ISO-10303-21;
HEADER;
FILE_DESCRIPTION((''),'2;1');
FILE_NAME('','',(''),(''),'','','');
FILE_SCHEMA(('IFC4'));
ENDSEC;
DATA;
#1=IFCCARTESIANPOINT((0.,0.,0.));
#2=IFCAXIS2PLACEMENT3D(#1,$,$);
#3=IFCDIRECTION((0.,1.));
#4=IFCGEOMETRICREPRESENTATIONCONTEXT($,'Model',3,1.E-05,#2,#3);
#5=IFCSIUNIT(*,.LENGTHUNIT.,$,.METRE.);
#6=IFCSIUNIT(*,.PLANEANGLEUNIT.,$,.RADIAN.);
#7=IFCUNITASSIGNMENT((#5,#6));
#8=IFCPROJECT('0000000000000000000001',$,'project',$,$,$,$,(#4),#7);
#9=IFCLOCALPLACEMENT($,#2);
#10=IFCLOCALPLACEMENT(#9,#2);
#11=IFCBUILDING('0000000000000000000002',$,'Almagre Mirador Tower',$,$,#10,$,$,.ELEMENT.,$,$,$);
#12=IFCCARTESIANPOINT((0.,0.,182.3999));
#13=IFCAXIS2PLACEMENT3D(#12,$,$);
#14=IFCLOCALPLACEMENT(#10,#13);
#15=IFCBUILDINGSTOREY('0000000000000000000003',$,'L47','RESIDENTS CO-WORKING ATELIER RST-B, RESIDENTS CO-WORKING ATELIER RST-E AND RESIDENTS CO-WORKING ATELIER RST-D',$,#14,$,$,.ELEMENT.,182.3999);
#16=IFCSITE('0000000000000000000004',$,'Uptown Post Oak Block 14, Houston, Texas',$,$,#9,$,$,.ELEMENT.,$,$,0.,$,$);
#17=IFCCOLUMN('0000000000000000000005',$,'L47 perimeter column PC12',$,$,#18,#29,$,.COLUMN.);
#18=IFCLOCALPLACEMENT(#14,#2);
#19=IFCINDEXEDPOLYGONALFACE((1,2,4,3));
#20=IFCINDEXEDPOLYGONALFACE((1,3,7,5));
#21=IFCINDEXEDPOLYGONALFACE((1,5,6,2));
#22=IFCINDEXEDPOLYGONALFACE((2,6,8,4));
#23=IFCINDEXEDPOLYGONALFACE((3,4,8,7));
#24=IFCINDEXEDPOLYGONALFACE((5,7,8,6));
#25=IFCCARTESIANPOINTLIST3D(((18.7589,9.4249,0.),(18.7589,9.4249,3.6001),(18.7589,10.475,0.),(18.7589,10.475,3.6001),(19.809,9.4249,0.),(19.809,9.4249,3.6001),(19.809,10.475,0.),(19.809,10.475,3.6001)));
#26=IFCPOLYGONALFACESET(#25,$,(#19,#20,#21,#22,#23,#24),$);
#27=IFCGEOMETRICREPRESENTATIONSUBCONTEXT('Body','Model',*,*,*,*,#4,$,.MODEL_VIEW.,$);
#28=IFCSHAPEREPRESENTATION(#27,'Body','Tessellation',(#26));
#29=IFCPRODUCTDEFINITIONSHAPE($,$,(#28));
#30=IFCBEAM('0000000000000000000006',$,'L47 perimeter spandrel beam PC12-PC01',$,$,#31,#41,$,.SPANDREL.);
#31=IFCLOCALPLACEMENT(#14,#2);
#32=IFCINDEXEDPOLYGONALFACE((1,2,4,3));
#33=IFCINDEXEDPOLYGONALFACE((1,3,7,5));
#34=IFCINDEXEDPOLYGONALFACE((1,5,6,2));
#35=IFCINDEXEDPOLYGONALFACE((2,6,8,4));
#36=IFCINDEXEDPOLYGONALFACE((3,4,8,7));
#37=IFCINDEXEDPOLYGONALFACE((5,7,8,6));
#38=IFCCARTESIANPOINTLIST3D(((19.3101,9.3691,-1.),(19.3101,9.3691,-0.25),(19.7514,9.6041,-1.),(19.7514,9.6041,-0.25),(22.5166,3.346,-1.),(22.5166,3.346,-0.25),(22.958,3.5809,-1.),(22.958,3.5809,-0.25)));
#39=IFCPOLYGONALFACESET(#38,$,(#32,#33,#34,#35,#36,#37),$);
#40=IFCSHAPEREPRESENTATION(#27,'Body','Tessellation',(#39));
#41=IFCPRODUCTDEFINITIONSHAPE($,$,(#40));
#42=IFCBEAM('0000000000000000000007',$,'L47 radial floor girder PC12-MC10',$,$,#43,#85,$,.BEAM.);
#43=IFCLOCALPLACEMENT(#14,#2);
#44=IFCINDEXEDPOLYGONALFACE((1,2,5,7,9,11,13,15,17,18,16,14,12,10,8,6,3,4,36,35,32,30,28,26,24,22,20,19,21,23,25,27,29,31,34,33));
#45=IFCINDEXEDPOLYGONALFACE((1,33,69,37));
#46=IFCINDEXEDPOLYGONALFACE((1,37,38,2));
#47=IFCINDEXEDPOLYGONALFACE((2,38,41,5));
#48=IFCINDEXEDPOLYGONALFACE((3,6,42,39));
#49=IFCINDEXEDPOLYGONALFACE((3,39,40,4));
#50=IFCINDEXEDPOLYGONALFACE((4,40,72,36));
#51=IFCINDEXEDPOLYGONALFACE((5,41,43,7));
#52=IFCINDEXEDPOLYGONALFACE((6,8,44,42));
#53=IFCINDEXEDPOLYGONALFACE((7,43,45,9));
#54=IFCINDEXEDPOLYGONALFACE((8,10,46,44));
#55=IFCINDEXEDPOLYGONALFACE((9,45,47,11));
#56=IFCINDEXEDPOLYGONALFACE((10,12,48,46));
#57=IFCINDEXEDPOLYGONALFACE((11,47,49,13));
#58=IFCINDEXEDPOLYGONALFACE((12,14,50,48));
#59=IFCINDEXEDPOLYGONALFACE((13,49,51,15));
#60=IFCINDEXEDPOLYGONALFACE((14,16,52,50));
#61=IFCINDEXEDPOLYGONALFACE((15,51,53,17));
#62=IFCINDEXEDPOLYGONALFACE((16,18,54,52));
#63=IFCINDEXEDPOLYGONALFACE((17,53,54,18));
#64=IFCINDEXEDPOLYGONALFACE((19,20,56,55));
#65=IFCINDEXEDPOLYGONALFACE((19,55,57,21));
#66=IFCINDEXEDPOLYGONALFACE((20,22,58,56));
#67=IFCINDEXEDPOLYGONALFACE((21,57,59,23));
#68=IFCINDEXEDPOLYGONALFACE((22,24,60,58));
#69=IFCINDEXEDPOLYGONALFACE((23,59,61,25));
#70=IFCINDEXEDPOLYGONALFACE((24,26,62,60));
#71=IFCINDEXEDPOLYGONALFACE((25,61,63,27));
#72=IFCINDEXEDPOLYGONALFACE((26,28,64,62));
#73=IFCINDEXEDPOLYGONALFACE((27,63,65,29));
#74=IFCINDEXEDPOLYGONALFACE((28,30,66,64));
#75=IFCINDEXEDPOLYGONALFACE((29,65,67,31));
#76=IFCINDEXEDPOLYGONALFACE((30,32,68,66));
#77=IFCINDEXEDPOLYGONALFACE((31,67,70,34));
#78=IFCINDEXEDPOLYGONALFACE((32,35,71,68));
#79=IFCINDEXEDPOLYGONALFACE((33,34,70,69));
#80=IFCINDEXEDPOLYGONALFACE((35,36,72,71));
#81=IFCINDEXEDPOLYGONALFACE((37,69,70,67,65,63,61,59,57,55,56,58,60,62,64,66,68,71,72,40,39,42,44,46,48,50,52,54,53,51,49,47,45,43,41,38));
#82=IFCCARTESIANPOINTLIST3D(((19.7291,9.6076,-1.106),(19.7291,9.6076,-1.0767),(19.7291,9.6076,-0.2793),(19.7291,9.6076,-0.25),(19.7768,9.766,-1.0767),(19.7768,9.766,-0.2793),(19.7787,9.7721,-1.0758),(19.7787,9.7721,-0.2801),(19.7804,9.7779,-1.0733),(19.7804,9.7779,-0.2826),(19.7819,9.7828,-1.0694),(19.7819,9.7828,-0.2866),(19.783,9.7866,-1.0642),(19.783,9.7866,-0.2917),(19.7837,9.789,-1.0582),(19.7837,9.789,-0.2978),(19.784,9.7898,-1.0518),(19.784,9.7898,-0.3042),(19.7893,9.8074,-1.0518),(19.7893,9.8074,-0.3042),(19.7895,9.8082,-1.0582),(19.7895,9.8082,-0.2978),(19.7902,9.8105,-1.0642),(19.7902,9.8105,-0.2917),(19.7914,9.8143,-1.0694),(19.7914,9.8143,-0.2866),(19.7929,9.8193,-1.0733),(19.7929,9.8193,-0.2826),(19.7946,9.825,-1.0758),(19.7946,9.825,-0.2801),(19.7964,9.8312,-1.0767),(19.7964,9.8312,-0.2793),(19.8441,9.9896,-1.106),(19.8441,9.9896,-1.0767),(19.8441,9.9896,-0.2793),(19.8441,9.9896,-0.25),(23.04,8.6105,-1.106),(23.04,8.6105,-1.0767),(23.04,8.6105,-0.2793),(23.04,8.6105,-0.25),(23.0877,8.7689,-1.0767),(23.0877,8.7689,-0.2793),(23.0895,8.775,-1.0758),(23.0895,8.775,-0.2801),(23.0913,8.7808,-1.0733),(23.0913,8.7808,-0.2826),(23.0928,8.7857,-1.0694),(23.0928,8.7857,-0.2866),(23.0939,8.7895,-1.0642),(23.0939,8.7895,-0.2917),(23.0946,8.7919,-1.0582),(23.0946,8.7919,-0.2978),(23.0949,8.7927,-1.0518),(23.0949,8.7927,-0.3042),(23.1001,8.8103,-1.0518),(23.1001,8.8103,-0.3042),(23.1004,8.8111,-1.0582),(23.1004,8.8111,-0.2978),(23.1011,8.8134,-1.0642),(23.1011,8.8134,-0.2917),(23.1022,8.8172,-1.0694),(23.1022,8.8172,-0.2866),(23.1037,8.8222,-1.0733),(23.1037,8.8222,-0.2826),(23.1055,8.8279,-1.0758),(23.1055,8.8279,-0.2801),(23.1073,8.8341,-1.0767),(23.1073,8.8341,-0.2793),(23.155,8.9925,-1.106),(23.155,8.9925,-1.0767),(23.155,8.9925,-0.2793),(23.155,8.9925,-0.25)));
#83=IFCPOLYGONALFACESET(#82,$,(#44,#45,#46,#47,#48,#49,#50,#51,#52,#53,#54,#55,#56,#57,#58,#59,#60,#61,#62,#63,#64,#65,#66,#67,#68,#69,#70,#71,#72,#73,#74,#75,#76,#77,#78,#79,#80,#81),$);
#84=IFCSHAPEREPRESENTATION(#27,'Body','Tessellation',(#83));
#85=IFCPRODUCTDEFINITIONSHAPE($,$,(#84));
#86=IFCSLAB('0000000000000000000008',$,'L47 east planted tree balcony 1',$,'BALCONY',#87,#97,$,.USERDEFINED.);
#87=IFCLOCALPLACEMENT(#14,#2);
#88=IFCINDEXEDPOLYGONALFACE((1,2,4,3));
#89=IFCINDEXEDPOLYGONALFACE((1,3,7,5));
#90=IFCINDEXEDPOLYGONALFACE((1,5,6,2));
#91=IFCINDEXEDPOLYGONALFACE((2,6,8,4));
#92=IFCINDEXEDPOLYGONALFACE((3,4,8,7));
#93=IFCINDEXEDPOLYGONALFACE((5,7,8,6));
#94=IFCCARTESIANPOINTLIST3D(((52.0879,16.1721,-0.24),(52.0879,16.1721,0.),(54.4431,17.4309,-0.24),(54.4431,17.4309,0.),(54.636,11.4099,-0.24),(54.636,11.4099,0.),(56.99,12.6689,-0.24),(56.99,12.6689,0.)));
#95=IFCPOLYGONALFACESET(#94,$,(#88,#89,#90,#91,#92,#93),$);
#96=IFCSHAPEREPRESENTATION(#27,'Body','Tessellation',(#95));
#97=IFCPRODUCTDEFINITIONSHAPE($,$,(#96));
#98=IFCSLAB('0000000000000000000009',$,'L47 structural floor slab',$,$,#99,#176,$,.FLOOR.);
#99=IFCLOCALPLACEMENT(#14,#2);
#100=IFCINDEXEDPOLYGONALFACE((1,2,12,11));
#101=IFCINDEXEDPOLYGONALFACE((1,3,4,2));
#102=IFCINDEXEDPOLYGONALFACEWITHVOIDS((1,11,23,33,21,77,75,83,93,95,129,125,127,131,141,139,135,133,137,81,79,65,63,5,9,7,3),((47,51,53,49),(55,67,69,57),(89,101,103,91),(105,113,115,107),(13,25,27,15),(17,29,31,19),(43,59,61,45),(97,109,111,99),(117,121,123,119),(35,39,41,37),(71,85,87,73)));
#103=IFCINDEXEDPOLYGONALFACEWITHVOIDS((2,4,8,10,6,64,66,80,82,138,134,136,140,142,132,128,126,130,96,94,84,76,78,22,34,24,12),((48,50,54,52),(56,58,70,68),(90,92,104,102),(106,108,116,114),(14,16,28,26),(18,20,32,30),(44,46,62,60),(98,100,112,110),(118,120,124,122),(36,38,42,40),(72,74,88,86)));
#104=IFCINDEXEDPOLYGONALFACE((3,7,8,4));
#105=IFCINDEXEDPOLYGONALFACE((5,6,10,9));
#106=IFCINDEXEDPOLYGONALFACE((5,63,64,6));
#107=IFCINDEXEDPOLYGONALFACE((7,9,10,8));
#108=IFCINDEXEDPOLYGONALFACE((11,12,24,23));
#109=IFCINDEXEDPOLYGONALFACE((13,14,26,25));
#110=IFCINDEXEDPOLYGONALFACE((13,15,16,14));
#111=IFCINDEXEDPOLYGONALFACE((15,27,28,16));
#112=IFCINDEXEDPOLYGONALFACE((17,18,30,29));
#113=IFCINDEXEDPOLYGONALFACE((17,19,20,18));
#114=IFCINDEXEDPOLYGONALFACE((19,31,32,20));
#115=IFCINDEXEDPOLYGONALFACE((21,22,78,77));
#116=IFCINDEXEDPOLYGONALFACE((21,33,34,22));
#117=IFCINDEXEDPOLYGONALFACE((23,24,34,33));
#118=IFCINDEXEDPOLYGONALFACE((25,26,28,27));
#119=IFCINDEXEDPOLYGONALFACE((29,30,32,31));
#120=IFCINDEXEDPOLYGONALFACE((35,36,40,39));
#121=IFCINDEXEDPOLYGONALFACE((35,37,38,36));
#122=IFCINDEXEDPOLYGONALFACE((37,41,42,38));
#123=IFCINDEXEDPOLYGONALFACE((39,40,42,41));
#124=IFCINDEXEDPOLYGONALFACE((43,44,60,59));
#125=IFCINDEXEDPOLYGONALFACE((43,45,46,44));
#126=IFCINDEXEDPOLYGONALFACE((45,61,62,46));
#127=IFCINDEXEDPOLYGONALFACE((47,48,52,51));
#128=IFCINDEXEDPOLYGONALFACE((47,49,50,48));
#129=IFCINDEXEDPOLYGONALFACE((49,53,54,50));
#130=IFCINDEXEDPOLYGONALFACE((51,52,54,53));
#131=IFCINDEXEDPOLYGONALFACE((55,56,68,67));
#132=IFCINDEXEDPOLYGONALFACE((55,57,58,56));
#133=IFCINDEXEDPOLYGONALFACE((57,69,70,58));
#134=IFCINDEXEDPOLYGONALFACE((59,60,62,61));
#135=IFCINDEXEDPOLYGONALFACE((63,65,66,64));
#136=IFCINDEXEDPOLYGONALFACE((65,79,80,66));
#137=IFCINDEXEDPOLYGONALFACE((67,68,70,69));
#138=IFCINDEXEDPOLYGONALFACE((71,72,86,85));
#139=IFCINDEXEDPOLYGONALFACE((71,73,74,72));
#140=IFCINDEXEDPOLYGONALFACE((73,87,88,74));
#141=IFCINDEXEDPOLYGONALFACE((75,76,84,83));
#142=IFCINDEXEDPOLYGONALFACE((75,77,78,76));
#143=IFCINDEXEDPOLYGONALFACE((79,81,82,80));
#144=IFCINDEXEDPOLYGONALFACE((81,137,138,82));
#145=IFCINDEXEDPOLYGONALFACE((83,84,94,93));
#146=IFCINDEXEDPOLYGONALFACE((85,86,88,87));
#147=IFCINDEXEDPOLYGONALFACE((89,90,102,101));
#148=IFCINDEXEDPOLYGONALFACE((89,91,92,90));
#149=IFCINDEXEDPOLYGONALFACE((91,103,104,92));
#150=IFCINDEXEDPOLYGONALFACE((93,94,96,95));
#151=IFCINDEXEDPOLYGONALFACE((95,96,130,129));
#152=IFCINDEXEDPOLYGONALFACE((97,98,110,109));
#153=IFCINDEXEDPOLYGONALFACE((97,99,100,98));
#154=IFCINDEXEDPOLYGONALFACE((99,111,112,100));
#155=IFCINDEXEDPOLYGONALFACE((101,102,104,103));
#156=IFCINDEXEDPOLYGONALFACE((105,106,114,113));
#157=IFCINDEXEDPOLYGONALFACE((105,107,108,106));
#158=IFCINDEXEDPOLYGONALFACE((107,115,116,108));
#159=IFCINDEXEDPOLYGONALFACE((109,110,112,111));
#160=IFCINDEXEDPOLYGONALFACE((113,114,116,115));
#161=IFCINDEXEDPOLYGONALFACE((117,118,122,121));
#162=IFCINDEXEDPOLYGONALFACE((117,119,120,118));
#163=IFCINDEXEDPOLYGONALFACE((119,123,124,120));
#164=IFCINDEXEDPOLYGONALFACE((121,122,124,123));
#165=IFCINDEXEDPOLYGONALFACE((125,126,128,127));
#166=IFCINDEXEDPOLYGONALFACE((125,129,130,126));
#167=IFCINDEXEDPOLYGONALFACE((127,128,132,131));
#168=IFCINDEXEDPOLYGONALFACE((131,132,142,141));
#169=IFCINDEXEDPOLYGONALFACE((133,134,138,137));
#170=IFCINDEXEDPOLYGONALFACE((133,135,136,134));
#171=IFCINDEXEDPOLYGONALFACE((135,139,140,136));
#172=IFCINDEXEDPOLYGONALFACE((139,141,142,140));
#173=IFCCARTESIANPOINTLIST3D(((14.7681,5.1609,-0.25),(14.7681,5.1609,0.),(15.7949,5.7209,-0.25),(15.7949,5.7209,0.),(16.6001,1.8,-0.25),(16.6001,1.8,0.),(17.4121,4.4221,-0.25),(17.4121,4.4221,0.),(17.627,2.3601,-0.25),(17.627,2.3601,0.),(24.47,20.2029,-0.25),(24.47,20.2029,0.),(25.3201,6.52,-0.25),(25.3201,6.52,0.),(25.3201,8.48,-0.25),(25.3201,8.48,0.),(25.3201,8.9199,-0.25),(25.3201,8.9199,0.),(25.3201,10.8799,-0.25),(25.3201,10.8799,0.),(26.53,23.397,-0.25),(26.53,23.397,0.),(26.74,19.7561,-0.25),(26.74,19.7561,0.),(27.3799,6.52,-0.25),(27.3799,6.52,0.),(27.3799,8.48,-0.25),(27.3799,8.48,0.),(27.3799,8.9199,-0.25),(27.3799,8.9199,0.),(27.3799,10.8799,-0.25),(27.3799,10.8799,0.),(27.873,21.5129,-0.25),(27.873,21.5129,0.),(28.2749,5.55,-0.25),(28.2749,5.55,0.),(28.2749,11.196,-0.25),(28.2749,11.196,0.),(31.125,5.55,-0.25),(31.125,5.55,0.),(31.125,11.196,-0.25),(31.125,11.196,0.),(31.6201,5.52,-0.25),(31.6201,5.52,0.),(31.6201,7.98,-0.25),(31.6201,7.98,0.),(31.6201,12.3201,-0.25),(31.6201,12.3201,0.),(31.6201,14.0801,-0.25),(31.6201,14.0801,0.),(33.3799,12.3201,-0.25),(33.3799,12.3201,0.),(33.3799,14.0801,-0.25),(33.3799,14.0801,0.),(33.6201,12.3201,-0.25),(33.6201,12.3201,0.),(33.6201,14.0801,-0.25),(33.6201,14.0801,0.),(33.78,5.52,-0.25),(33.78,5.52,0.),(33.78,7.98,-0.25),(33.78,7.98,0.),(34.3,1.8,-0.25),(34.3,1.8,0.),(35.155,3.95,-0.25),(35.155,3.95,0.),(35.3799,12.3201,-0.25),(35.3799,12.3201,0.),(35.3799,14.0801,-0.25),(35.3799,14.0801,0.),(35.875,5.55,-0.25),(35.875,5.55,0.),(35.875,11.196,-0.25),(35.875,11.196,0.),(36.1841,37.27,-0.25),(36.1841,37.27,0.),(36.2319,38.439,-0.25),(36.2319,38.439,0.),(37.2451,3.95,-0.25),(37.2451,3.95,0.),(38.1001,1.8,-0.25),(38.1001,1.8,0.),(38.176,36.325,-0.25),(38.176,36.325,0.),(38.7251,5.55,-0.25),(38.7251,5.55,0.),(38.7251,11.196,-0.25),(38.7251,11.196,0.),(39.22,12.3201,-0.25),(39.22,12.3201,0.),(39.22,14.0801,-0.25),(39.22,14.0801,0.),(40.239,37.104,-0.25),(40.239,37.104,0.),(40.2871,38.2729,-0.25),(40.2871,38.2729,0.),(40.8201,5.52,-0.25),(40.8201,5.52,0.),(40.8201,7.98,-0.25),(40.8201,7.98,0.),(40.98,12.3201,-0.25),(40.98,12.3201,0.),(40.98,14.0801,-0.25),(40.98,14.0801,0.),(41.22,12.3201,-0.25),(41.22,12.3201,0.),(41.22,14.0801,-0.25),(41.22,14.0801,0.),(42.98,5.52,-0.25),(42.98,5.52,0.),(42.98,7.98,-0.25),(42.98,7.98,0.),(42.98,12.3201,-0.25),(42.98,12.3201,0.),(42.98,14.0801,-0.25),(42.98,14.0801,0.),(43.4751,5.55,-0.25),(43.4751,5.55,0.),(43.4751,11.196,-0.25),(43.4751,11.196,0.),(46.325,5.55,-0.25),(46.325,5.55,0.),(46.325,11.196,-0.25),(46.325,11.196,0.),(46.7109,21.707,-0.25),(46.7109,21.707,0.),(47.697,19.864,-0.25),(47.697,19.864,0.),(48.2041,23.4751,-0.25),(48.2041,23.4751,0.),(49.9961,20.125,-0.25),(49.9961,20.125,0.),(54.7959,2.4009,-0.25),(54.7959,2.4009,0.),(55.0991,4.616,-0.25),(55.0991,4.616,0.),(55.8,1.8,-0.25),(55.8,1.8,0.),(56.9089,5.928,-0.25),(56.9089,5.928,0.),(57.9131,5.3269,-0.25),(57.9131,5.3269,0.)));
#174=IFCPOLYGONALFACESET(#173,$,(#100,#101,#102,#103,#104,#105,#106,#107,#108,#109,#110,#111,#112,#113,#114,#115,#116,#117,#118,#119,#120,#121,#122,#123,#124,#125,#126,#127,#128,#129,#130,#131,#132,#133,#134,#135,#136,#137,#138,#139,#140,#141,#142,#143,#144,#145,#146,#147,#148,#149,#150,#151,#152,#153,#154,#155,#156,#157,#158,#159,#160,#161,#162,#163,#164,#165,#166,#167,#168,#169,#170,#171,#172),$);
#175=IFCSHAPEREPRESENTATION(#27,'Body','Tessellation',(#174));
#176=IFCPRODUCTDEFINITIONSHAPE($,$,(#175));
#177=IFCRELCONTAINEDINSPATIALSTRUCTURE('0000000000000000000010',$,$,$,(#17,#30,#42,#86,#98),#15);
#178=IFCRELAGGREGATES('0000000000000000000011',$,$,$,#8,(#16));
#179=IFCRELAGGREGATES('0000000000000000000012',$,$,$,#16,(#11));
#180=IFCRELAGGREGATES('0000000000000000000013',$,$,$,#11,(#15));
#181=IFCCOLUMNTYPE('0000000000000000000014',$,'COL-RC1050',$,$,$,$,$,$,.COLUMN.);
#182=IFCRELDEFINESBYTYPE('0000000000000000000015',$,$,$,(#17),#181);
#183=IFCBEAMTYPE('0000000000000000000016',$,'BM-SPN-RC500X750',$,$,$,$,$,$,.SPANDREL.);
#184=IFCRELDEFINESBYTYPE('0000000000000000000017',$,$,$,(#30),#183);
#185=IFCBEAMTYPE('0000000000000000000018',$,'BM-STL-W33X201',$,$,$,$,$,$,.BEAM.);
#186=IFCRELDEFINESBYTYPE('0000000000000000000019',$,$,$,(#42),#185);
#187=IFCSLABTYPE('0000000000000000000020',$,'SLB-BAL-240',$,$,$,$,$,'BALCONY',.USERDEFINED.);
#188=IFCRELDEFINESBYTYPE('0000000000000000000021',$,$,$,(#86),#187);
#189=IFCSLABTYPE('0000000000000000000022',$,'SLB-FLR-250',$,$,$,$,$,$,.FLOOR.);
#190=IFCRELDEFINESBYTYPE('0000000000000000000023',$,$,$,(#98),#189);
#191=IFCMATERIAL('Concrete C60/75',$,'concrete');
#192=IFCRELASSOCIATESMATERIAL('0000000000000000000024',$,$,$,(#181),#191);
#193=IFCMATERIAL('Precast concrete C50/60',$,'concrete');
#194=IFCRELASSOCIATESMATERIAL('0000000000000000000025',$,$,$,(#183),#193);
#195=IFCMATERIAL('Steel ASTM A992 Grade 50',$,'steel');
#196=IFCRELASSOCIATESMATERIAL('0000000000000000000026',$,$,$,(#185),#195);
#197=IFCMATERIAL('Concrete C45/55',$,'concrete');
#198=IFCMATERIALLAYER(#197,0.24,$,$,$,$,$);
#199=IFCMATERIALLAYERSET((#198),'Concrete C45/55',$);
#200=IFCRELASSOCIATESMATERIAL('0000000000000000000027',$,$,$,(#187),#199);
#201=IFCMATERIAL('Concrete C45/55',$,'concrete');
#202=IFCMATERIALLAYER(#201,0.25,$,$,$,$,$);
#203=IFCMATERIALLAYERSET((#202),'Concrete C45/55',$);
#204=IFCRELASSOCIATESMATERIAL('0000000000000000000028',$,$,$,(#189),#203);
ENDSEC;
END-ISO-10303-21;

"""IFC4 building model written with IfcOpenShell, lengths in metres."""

from ifc_helpers import new_model, si_unit, direction, frame, origin, origin_2d, place, context, subcontext, project, spatial, polyline, rectangle, i_section, outline, extrude, material, layer, layer_set, material_profile, profile_set, type_object, element, save


model = new_model("IFC4")

# Units and contexts
model_context = context("Model", 3, precision=1e-05, world=origin(), true_north=direction((0.0, 1.0)))
body_context = subcontext(model_context, "Body", "Model", "MODEL_VIEW")
ifc_project = project(units=[si_unit("LENGTHUNIT", "METRE"), si_unit("PLANEANGLEUNIT", "RADIAN")], contexts=[model_context])

# Site, building, storey
site_placement = place(None, origin())
site = spatial("IfcSite", under=ifc_project, at=site_placement, Name="Uptown Post Oak Block 14, Houston, Texas", CompositionType="ELEMENT", RefElevation=0.0)
building_placement = place(site_placement, origin())
building = spatial("IfcBuilding", under=site, at=building_placement, Name="Almagre Mirador Tower", CompositionType="ELEMENT")
storey_placement = place(building_placement, frame((0.0, 0.0, 182.3999)))
storey = spatial("IfcBuildingStorey", under=building, at=storey_placement, Name="L47", Description="RESIDENTS CO-WORKING ATELIER RST-B, RESIDENTS CO-WORKING ATELIER RST-E AND RESIDENTS CO-WORKING ATELIER RST-D", CompositionType="ELEMENT", Elevation=182.3999)

# Column
ifc_material_1 = material(Name="Concrete C60/75", Category="concrete")
ifc_material_profile_1 = material_profile(ifc_material_1, rectangle(XDim=1.05, YDim=1.05, at=origin_2d()), Name="RC1050X1050")
ifc_profile_set_1 = profile_set([ifc_material_profile_1], Name="Concrete C60/75")
column_type = type_object("IfcColumnType", Name="COL-RC1050", PredefinedType="COLUMN", material=ifc_profile_set_1)
column_placement = place(storey_placement, frame((19.2839, 9.95, 0.0), z_axis=(0.0, 0.0, 1.0), x_axis=(1.0, 0.0, 0.0)))
element("IfcColumn", 1, at=column_placement, inside=storey, type_object=column_type, Name="L47 perimeter column PC12", PredefinedType="COLUMN", context=body_context, shape_type="SweptSolid", body=[
    extrude(rectangle(XDim=1.05, YDim=1.05, at=origin_2d()), origin(), (0.0, 0.0, 1.0), 3.6001),
])

# Beams
ifc_material_2 = material(Name="Precast concrete C50/60", Category="concrete")
ifc_material_profile_2 = material_profile(ifc_material_2, rectangle(XDim=0.5, YDim=0.75, at=origin_2d()), Name="RC500X750")
ifc_profile_set_2 = profile_set([ifc_material_profile_2], Name="Precast concrete C50/60")
beam_type_1 = type_object("IfcBeamType", Name="BM-SPN-RC500X750", PredefinedType="SPANDREL", material=ifc_profile_set_2)
beam_1_placement = place(storey_placement, frame((19.5308, 9.4866, -0.625), z_axis=(0.469923, -0.882707, 0.0), x_axis=(0.882707, 0.469923, 0.0)))
element("IfcBeam", 2, at=beam_1_placement, inside=storey, type_object=beam_type_1, Name="L47 perimeter spandrel beam PC12-PC01", PredefinedType="SPANDREL", context=body_context, shape_type="SweptSolid", body=[
    extrude(rectangle(XDim=0.5, YDim=0.75, at=origin_2d()), origin(), (0.0, 0.0, 1.0), 6.8235),
])
ifc_material_3 = material(Name="Steel ASTM A992 Grade 50", Category="steel")
ifc_material_profile_3 = material_profile(ifc_material_3, i_section(OverallWidth=0.3989, OverallDepth=0.856, WebThickness=0.0183, FlangeThickness=0.0293, FilletRadius=0.0249, at=origin_2d()), Name="W33X201")
ifc_profile_set_3 = profile_set([ifc_material_profile_3], Name="Steel ASTM A992 Grade 50")
beam_type_2 = type_object("IfcBeamType", Name="BM-STL-W33X201", PredefinedType="BEAM", material=ifc_profile_set_3)
beam_2_placement = place(storey_placement, frame((19.7866, 9.7986, -0.678), z_axis=(0.957521, -0.288365, 0.0), x_axis=(0.288365, 0.957521, 0.0)))
element("IfcBeam", 3, at=beam_2_placement, inside=storey, type_object=beam_type_2, Name="L47 radial floor girder PC12-MC10", PredefinedType="BEAM", context=body_context, shape_type="SweptSolid", body=[
    extrude(i_section(OverallWidth=0.3989, OverallDepth=0.856, WebThickness=0.0183, FlangeThickness=0.0293, FilletRadius=0.0249, at=origin_2d()), origin(), (0.0, 0.0, 1.0), 3.4578),
])

# Slabs
ifc_material_4 = material(Name="Concrete C45/55", Category="concrete")
ifc_layer_1 = layer(ifc_material_4, 0.24)
ifc_layer_set_1 = layer_set([ifc_layer_1], Name="Concrete C45/55")
slab_type_1 = type_object("IfcSlabType", Name="SLB-BAL-240", ElementType="BALCONY", PredefinedType="USERDEFINED", material=ifc_layer_set_1)
slab_1_placement = place(storey_placement, frame((0.0, 0.0, -0.24)))
element("IfcSlab", 4, at=slab_1_placement, inside=storey, type_object=slab_type_1, Name="L47 east planted tree balcony 1", ObjectType="BALCONY", PredefinedType="USERDEFINED", context=body_context, shape_type="SweptSolid", body=[
    extrude(outline(polyline([(54.636, 11.4099), (52.0879, 16.1721), (54.4431, 17.4309), (56.99, 12.6689), (54.636, 11.4099)])), origin(), (0.0, 0.0, 1.0), 0.24),
])
ifc_material_5 = material(Name="Concrete C45/55", Category="concrete")
ifc_layer_2 = layer(ifc_material_5, 0.25)
ifc_layer_set_2 = layer_set([ifc_layer_2], Name="Concrete C45/55")
slab_type_2 = type_object("IfcSlabType", Name="SLB-FLR-250", PredefinedType="FLOOR", material=ifc_layer_set_2)
slab_2_placement = place(storey_placement, frame((0.0, 0.0, -0.25)))
element("IfcSlab", 5, at=slab_2_placement, inside=storey, type_object=slab_type_2, Name="L47 structural floor slab", PredefinedType="FLOOR", context=body_context, shape_type="SweptSolid", body=[
    extrude(outline(polyline([(14.7681, 5.1609), (15.7949, 5.7209), (17.4121, 4.4221), (17.627, 2.3601), (16.6001, 1.8), (34.3, 1.8), (35.155, 3.95), (37.2451, 3.95), (38.1001, 1.8), (55.8, 1.8), (54.7959, 2.4009), (55.0991, 4.616), (56.9089, 5.928), (57.9131, 5.3269), (49.9961, 20.125), (47.697, 19.864), (46.7109, 21.707), (48.2041, 23.4751), (40.2871, 38.2729), (40.239, 37.104), (38.176, 36.325), (36.1841, 37.27), (36.2319, 38.439), (26.53, 23.397), (27.873, 21.5129), (26.74, 19.7561), (24.47, 20.2029), (14.7681, 5.1609)]), holes=[polyline([(43.4751, 5.55), (43.4751, 11.196), (46.325, 11.196), (46.325, 5.55), (43.4751, 5.55)]), polyline([(40.8201, 5.52), (40.8201, 7.98), (42.98, 7.98), (42.98, 5.52), (40.8201, 5.52)]), polyline([(41.22, 12.3201), (41.22, 14.0801), (42.98, 14.0801), (42.98, 12.3201), (41.22, 12.3201)]), polyline([(39.22, 12.3201), (39.22, 14.0801), (40.98, 14.0801), (40.98, 12.3201), (39.22, 12.3201)]), polyline([(35.875, 11.196), (38.7251, 11.196), (38.7251, 5.55), (35.875, 5.55), (35.875, 11.196)]), polyline([(35.3799, 12.3201), (33.6201, 12.3201), (33.6201, 14.0801), (35.3799, 14.0801), (35.3799, 12.3201)]), polyline([(33.78, 5.52), (31.6201, 5.52), (31.6201, 7.98), (33.78, 7.98), (33.78, 5.52)]), polyline([(31.6201, 12.3201), (31.6201, 14.0801), (33.3799, 14.0801), (33.3799, 12.3201), (31.6201, 12.3201)]), polyline([(28.2749, 5.55), (28.2749, 11.196), (31.125, 11.196), (31.125, 5.55), (28.2749, 5.55)]), polyline([(25.3201, 8.9199), (25.3201, 10.8799), (27.3799, 10.8799), (27.3799, 8.9199), (25.3201, 8.9199)]), polyline([(27.3799, 6.52), (25.3201, 6.52), (25.3201, 8.48), (27.3799, 8.48), (27.3799, 6.52)])]), origin(), (0.0, 0.0, 1.0), 0.25),
])

save(model, "model.ifc")
